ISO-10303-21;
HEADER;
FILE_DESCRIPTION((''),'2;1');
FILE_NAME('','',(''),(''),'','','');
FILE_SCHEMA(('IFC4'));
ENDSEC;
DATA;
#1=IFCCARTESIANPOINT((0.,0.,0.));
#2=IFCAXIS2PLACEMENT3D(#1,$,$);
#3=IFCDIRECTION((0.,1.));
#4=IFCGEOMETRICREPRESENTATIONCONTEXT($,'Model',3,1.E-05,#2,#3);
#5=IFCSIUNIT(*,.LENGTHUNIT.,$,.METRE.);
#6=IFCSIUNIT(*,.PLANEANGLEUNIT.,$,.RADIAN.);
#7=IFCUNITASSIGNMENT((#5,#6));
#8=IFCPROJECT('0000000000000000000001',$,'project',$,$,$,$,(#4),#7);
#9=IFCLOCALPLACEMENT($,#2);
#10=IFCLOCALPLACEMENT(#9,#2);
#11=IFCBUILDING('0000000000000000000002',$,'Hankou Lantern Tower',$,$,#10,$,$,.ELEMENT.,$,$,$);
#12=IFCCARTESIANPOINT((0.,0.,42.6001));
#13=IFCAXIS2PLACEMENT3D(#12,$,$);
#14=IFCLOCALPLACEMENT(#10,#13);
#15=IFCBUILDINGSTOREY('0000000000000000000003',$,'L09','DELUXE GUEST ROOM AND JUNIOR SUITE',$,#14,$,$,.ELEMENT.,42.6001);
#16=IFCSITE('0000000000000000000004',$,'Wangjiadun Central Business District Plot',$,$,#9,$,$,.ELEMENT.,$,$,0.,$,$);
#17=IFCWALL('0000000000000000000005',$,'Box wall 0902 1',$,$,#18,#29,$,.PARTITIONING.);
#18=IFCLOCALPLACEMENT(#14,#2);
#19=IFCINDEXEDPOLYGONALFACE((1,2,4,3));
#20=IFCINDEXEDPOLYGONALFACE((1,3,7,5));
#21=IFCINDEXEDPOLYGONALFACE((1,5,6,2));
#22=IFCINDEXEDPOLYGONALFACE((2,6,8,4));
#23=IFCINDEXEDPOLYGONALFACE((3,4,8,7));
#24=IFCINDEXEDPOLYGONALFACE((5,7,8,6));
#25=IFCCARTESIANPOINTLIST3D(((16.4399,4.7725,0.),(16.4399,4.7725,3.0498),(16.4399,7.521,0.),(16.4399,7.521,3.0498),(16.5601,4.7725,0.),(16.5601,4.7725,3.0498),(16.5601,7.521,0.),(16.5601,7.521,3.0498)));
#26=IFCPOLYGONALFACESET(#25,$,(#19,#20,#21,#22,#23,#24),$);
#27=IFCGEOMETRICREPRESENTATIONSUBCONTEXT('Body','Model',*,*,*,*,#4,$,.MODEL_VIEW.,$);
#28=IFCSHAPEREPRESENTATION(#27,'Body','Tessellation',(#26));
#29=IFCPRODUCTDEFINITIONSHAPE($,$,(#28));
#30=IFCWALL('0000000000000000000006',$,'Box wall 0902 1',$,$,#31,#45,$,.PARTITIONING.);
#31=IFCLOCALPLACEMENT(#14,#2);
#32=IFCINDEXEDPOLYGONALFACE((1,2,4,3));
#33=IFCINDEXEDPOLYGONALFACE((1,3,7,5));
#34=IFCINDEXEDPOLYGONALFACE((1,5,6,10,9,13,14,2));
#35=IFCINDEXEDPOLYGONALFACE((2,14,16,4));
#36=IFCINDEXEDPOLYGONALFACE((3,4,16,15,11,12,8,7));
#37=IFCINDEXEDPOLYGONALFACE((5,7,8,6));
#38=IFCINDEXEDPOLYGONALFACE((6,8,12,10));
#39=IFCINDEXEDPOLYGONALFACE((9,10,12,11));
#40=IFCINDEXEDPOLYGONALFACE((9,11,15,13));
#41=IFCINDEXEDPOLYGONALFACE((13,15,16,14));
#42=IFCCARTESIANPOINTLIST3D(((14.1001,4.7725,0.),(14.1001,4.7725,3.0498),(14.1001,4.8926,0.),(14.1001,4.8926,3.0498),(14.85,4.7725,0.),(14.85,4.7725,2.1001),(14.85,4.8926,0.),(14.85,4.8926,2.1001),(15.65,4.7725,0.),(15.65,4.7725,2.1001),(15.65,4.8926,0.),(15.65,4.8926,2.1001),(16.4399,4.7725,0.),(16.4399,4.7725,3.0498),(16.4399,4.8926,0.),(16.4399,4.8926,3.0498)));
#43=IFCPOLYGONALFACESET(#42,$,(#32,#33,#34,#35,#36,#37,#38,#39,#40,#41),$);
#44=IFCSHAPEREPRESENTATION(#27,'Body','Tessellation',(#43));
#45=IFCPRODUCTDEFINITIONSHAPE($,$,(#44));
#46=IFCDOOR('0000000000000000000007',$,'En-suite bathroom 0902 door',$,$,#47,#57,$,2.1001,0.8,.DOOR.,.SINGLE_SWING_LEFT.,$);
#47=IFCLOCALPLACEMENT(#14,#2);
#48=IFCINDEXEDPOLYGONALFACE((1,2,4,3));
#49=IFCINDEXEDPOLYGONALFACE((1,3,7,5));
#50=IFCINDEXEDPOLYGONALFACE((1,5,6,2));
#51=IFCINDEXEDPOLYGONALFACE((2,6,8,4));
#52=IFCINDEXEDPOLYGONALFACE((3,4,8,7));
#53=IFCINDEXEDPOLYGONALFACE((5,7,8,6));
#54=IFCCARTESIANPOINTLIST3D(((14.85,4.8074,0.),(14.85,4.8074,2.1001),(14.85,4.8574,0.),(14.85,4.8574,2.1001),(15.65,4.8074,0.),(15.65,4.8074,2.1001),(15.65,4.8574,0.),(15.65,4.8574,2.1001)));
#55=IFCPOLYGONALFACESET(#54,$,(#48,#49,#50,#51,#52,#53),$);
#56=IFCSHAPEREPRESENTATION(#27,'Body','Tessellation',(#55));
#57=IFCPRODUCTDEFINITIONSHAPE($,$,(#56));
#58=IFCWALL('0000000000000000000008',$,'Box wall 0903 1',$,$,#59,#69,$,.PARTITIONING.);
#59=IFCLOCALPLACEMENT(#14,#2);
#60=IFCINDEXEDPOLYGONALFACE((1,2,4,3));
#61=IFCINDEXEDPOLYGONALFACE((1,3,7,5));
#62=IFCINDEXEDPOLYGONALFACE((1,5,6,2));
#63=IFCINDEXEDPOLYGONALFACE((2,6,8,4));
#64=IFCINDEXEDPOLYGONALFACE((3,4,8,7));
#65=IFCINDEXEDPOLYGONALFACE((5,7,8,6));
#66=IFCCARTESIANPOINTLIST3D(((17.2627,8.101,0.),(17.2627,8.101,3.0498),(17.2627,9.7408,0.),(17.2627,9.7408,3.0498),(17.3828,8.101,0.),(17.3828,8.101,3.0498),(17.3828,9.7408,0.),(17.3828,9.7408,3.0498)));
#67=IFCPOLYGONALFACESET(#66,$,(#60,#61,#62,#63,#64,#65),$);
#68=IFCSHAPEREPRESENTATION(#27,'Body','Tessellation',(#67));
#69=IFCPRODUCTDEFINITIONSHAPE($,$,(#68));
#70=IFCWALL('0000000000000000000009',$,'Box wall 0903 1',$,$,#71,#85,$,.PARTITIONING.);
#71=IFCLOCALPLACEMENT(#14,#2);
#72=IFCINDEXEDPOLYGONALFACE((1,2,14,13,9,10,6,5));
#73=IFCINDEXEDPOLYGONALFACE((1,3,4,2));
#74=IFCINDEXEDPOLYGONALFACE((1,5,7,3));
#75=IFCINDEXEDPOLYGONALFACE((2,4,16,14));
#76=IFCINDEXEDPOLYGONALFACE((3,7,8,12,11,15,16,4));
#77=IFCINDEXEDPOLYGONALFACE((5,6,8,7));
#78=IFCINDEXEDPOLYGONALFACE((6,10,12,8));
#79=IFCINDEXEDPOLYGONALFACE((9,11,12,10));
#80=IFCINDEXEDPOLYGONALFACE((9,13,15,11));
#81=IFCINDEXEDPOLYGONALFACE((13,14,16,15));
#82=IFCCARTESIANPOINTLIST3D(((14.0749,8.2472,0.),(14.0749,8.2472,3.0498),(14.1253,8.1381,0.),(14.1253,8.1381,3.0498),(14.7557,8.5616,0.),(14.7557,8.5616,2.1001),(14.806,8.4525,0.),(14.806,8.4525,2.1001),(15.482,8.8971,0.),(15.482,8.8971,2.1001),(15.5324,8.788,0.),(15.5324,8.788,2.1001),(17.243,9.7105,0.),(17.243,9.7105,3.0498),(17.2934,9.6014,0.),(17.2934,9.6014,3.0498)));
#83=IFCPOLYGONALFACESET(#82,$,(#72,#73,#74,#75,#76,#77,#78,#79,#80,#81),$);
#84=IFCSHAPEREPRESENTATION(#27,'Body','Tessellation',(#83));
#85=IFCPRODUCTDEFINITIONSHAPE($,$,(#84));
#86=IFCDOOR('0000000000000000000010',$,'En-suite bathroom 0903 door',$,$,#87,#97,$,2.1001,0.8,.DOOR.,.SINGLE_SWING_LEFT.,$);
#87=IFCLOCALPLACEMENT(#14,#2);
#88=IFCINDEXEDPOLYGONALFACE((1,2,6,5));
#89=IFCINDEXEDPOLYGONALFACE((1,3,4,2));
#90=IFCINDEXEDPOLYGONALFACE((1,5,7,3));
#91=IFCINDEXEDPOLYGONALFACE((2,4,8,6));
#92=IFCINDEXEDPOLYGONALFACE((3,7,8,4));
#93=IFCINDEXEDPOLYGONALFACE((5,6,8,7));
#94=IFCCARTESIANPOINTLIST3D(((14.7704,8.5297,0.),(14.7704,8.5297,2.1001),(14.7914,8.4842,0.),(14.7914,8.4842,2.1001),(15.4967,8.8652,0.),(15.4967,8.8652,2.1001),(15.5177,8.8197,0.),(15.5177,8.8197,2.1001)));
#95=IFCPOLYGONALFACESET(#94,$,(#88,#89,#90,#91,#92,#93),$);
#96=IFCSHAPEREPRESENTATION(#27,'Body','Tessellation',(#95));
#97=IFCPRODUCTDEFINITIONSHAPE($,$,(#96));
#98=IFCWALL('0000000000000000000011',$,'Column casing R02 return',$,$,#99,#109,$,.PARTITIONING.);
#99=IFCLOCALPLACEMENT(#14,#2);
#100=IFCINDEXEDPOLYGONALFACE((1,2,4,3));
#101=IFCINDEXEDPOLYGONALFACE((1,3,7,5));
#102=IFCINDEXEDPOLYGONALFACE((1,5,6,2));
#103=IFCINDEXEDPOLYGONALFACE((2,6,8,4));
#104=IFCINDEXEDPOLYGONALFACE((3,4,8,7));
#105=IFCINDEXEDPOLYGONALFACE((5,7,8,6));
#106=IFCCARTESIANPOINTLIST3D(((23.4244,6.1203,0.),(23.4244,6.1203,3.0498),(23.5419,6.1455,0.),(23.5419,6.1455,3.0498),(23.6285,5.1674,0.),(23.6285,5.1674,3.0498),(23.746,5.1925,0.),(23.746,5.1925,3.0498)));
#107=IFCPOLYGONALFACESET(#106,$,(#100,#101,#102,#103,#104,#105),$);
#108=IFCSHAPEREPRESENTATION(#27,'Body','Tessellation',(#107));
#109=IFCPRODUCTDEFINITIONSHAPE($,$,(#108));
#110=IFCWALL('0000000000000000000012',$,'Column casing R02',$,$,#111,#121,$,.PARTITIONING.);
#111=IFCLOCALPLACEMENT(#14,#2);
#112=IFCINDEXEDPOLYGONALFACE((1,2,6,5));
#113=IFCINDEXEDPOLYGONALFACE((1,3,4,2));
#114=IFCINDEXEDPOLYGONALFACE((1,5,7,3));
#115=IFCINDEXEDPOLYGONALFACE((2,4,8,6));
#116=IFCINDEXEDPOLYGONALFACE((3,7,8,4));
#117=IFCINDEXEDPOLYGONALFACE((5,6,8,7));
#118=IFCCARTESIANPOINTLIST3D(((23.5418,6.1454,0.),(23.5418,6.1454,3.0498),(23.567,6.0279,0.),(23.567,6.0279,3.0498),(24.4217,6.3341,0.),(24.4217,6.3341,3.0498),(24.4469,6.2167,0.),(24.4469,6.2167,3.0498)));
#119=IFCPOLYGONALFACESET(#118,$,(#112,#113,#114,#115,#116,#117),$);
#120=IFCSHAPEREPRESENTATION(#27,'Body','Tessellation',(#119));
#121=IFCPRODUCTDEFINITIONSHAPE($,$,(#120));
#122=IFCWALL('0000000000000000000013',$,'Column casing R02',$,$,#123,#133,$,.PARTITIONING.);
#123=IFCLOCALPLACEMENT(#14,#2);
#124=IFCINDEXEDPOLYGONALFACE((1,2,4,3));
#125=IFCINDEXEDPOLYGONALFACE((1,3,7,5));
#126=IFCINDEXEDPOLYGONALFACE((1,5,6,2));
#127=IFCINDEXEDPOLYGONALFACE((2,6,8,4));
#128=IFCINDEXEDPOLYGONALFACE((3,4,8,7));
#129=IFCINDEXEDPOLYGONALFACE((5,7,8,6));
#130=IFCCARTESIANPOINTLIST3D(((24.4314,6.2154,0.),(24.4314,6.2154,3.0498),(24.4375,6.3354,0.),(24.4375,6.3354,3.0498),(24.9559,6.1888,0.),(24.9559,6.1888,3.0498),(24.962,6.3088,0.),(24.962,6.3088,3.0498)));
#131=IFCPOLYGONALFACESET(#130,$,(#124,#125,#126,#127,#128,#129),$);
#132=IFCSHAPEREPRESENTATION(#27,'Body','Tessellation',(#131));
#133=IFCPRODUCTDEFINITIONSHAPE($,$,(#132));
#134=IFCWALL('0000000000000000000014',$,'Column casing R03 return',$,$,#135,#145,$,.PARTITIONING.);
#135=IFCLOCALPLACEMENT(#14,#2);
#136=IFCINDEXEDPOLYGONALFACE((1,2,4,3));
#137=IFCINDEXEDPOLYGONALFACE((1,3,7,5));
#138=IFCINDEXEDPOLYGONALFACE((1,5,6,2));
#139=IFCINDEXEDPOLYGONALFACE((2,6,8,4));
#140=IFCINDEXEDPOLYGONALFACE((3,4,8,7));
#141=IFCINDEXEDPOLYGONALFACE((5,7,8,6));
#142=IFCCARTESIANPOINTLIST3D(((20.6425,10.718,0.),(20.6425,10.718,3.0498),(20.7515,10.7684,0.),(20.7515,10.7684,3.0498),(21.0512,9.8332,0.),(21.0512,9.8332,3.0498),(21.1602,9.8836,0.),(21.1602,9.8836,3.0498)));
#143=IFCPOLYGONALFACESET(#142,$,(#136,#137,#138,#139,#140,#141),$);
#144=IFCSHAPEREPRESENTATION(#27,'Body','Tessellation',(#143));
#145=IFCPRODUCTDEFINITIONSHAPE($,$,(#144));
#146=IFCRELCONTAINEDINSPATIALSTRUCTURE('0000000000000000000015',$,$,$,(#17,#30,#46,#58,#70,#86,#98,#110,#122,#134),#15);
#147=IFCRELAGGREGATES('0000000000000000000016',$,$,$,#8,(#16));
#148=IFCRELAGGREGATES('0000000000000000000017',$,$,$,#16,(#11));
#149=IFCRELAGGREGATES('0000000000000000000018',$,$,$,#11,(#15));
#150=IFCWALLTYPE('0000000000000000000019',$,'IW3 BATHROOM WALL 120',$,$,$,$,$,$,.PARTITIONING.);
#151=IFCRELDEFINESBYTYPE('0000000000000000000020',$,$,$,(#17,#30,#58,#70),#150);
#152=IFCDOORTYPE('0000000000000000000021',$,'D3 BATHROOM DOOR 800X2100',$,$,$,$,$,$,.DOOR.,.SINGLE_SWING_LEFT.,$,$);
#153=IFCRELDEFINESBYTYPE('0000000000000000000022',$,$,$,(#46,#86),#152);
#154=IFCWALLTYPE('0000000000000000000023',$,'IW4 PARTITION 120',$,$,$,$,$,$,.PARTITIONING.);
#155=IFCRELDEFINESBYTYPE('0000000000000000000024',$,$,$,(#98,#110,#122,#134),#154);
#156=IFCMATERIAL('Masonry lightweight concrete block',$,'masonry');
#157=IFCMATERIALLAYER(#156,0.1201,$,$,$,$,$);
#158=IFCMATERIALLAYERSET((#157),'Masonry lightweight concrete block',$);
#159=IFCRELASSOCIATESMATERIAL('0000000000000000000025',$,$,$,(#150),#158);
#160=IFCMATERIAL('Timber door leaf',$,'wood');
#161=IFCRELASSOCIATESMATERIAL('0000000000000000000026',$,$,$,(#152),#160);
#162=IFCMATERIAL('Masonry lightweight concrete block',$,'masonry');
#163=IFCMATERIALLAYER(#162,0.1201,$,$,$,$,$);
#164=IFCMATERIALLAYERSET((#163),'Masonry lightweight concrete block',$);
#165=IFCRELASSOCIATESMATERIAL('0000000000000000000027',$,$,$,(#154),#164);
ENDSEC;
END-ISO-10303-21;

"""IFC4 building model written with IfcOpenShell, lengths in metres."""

from ifc_helpers import new_model, si_unit, direction, frame, frame_2d, origin, place, context, subcontext, project, spatial, rectangle, extrude, material, layer, layer_set, type_object, element, fill, save


model = new_model("IFC4")

# Units and contexts
model_context = context("Model", 3, precision=1e-05, world=origin(), true_north=direction((0.0, 1.0)))
body_context = subcontext(model_context, "Body", "Model", "MODEL_VIEW")
ifc_project = project(units=[si_unit("LENGTHUNIT", "METRE"), si_unit("PLANEANGLEUNIT", "RADIAN")], contexts=[model_context])

# Site, building, storey
site_placement = place(None, origin())
site = spatial("IfcSite", under=ifc_project, at=site_placement, Name="Wangjiadun Central Business District Plot", CompositionType="ELEMENT", RefElevation=0.0)
building_placement = place(site_placement, origin())
building = spatial("IfcBuilding", under=site, at=building_placement, Name="Hankou Lantern Tower", CompositionType="ELEMENT")
storey_placement = place(building_placement, frame((0.0, 0.0, 42.6001)))
storey = spatial("IfcBuildingStorey", under=building, at=storey_placement, Name="L09", Description="DELUXE GUEST ROOM AND JUNIOR SUITE", CompositionType="ELEMENT", Elevation=42.6001)

# Shared definitions
ifc_material_1 = material(Name="Masonry lightweight concrete block", Category="masonry")
ifc_layer_1 = layer(ifc_material_1, 0.1201)
ifc_layer_set_1 = layer_set([ifc_layer_1], Name="Masonry lightweight concrete block")
wall_type_1 = type_object("IfcWallType", Name="IW3 BATHROOM WALL 120", PredefinedType="PARTITIONING", material=ifc_layer_set_1)
ifc_material_2 = material(Name="Timber door leaf", Category="wood")
door_type = type_object("IfcDoorType", Name="D3 BATHROOM DOOR 800X2100", OperationType="SINGLE_SWING_LEFT", PredefinedType="DOOR", material=ifc_material_2)

# Wall
wall_1_placement = place(storey_placement, frame((16.5, 7.521, 0.0), z_axis=(0.0, 0.0, 1.0), x_axis=(0.0, -1.0, 0.0)))
element("IfcWall", 1, at=wall_1_placement, inside=storey, type_object=wall_type_1, Name="Box wall 0902 1", PredefinedType="PARTITIONING", context=body_context, shape_type="SweptSolid", body=[
    extrude(rectangle(XDim=2.7485, YDim=0.1201, at=frame_2d((1.3743, 0.0))), origin(), (0.0, 0.0, 1.0), 3.0498),
])

# Wall, opening, door
wall_2_placement = place(storey_placement, frame((14.1001, 4.8325, 0.0), z_axis=(0.0, 0.0, 1.0), x_axis=(1.0, 0.0, 0.0)))
wall_2 = element("IfcWall", 2, at=wall_2_placement, inside=storey, type_object=wall_type_1, Name="Box wall 0902 1", PredefinedType="PARTITIONING", context=body_context, shape_type="SweptSolid", body=[
    extrude(rectangle(XDim=2.3398, YDim=0.1201, at=frame_2d((1.1699, 0.0))), origin(), (0.0, 0.0, 1.0), 3.0498),
])
opening_1_placement = place(wall_2_placement, frame((0.75, 0.0, 0.0)))
opening_1 = element("IfcOpeningElement", 3, at=opening_1_placement, cuts=wall_2, PredefinedType="OPENING", context=body_context, shape_type="SweptSolid", body=[
    extrude(rectangle(XDim=0.8, YDim=2.1001, at=frame_2d((0.3999, 1.05))), frame((0.0, 0.0701, 0.0), z_axis=(0.0, -1.0, 0.0), x_axis=(1.0, 0.0, 0.0)), (0.0, 0.0, 1.0), 0.1401),
])
door_1_placement = place(opening_1_placement, origin())
door_1 = element("IfcDoor", 4, at=door_1_placement, inside=storey, type_object=door_type, Name="En-suite bathroom 0902 door", OperationType="SINGLE_SWING_LEFT", OverallHeight=2.1001, OverallWidth=0.8, PredefinedType="DOOR", context=body_context, shape_type="SweptSolid", body=[
    extrude(rectangle(XDim=0.8, YDim=2.1001, at=frame_2d((0.3999, 1.05))), frame((0.0, 0.0249, 0.0), z_axis=(0.0, -1.0, 0.0), x_axis=(1.0, 0.0, 0.0)), (0.0, 0.0, 1.0), 0.05),
])
fill(opening_1, door_1)

# Wall
wall_3_placement = place(storey_placement, frame((17.3228, 8.1011, 0.0), z_axis=(0.0, 0.0, 1.0), x_axis=(0.0, 1.0, 0.0)))
element("IfcWall", 5, at=wall_3_placement, inside=storey, type_object=wall_type_1, Name="Box wall 0903 1", PredefinedType="PARTITIONING", context=body_context, shape_type="SweptSolid", body=[
    extrude(rectangle(XDim=1.6399, YDim=0.1201, at=frame_2d((0.8198, 0.0))), origin(), (0.0, 0.0, 1.0), 3.0498),
])

# Wall, opening, door
wall_4_placement = place(storey_placement, frame((14.1001, 8.1926, 0.0), z_axis=(0.0, 0.0, 1.0), x_axis=(0.907836, 0.419324, 0.0)))
wall_4 = element("IfcWall", 6, at=wall_4_placement, inside=storey, type_object=wall_type_1, Name="Box wall 0903 1", PredefinedType="PARTITIONING", context=body_context, shape_type="SweptSolid", body=[
    extrude(rectangle(XDim=3.4897, YDim=0.1201, at=frame_2d((1.7449, 0.0))), origin(), (0.0, 0.0, 1.0), 3.0498),
])
opening_2_placement = place(wall_4_placement, frame((0.75, 0.0, 0.0)))
opening_2 = element("IfcOpeningElement", 7, at=opening_2_placement, cuts=wall_4, PredefinedType="OPENING", context=body_context, shape_type="SweptSolid", body=[
    extrude(rectangle(XDim=0.8, YDim=2.1001, at=frame_2d((0.3999, 1.05))), frame((0.0, 0.0701, 0.0), z_axis=(0.0, -1.0, 0.0), x_axis=(1.0, 0.0, 0.0)), (0.0, 0.0, 1.0), 0.1401),
])
door_2_placement = place(opening_2_placement, origin())
door_2 = element("IfcDoor", 8, at=door_2_placement, inside=storey, type_object=door_type, Name="En-suite bathroom 0903 door", OperationType="SINGLE_SWING_LEFT", OverallHeight=2.1001, OverallWidth=0.8, PredefinedType="DOOR", context=body_context, shape_type="SweptSolid", body=[
    extrude(rectangle(XDim=0.8, YDim=2.1001, at=frame_2d((0.3999, 1.05))), frame((0.0, 0.0249, 0.0), z_axis=(0.0, -1.0, 0.0), x_axis=(1.0, 0.0, 0.0)), (0.0, 0.0, 1.0), 0.05),
])
fill(opening_2, door_2)

# Walls
ifc_material_3 = material(Name="Masonry lightweight concrete block", Category="masonry")
ifc_layer_2 = layer(ifc_material_3, 0.1201)
ifc_layer_set_2 = layer_set([ifc_layer_2], Name="Masonry lightweight concrete block")
wall_type_2 = type_object("IfcWallType", Name="IW4 PARTITION 120", PredefinedType="PARTITIONING", material=ifc_layer_set_2)
wall_5_placement = place(storey_placement, frame((23.6873, 5.1799, 0.0), z_axis=(0.0, 0.0, 1.0), x_axis=(-0.209444, 0.977821, 0.0)))
element("IfcWall", 9, at=wall_5_placement, inside=storey, type_object=wall_type_2, Name="Column casing R02 return", PredefinedType="PARTITIONING", context=body_context, shape_type="SweptSolid", body=[
    extrude(rectangle(XDim=0.9746, YDim=0.1201, at=frame_2d((0.4873, 0.0))), origin(), (0.0, 0.0, 1.0), 3.0498),
])
wall_6_placement = place(storey_placement, frame((23.5544, 6.0867, 0.0), z_axis=(0.0, 0.0, 1.0), x_axis=(0.977763, 0.209714, 0.0)))
element("IfcWall", 10, at=wall_6_placement, inside=storey, type_object=wall_type_2, Name="Column casing R02", PredefinedType="PARTITIONING", context=body_context, shape_type="SweptSolid", body=[
    extrude(rectangle(XDim=0.8999, YDim=0.1201, at=frame_2d((0.45, 0.0))), origin(), (0.0, 0.0, 1.0), 3.0498),
])
wall_7_placement = place(storey_placement, frame((24.4343, 6.2754, 0.0), z_axis=(0.0, 0.0, 1.0), x_axis=(0.998715, -0.05068, 0.0)))
element("IfcWall", 11, at=wall_7_placement, inside=storey, type_object=wall_type_2, Name="Column casing R02", PredefinedType="PARTITIONING", context=body_context, shape_type="SweptSolid", body=[
    extrude(rectangle(XDim=0.5251, YDim=0.1201, at=frame_2d((0.2627, 0.0))), origin(), (0.0, 0.0, 1.0), 3.0498),
])
wall_8_placement = place(storey_placement, frame((21.1057, 9.8584, 0.0), z_axis=(0.0, 0.0, 1.0), x_axis=(-0.419344, 0.907827, 0.0)))
element("IfcWall", 12, at=wall_8_placement, inside=storey, type_object=wall_type_2, Name="Column casing R03 return", PredefinedType="PARTITIONING", context=body_context, shape_type="SweptSolid", body=[
    extrude(rectangle(XDim=0.9746, YDim=0.1201, at=frame_2d((0.4873, 0.0))), origin(), (0.0, 0.0, 1.0), 3.0498),
])

save(model, "model.ifc")
